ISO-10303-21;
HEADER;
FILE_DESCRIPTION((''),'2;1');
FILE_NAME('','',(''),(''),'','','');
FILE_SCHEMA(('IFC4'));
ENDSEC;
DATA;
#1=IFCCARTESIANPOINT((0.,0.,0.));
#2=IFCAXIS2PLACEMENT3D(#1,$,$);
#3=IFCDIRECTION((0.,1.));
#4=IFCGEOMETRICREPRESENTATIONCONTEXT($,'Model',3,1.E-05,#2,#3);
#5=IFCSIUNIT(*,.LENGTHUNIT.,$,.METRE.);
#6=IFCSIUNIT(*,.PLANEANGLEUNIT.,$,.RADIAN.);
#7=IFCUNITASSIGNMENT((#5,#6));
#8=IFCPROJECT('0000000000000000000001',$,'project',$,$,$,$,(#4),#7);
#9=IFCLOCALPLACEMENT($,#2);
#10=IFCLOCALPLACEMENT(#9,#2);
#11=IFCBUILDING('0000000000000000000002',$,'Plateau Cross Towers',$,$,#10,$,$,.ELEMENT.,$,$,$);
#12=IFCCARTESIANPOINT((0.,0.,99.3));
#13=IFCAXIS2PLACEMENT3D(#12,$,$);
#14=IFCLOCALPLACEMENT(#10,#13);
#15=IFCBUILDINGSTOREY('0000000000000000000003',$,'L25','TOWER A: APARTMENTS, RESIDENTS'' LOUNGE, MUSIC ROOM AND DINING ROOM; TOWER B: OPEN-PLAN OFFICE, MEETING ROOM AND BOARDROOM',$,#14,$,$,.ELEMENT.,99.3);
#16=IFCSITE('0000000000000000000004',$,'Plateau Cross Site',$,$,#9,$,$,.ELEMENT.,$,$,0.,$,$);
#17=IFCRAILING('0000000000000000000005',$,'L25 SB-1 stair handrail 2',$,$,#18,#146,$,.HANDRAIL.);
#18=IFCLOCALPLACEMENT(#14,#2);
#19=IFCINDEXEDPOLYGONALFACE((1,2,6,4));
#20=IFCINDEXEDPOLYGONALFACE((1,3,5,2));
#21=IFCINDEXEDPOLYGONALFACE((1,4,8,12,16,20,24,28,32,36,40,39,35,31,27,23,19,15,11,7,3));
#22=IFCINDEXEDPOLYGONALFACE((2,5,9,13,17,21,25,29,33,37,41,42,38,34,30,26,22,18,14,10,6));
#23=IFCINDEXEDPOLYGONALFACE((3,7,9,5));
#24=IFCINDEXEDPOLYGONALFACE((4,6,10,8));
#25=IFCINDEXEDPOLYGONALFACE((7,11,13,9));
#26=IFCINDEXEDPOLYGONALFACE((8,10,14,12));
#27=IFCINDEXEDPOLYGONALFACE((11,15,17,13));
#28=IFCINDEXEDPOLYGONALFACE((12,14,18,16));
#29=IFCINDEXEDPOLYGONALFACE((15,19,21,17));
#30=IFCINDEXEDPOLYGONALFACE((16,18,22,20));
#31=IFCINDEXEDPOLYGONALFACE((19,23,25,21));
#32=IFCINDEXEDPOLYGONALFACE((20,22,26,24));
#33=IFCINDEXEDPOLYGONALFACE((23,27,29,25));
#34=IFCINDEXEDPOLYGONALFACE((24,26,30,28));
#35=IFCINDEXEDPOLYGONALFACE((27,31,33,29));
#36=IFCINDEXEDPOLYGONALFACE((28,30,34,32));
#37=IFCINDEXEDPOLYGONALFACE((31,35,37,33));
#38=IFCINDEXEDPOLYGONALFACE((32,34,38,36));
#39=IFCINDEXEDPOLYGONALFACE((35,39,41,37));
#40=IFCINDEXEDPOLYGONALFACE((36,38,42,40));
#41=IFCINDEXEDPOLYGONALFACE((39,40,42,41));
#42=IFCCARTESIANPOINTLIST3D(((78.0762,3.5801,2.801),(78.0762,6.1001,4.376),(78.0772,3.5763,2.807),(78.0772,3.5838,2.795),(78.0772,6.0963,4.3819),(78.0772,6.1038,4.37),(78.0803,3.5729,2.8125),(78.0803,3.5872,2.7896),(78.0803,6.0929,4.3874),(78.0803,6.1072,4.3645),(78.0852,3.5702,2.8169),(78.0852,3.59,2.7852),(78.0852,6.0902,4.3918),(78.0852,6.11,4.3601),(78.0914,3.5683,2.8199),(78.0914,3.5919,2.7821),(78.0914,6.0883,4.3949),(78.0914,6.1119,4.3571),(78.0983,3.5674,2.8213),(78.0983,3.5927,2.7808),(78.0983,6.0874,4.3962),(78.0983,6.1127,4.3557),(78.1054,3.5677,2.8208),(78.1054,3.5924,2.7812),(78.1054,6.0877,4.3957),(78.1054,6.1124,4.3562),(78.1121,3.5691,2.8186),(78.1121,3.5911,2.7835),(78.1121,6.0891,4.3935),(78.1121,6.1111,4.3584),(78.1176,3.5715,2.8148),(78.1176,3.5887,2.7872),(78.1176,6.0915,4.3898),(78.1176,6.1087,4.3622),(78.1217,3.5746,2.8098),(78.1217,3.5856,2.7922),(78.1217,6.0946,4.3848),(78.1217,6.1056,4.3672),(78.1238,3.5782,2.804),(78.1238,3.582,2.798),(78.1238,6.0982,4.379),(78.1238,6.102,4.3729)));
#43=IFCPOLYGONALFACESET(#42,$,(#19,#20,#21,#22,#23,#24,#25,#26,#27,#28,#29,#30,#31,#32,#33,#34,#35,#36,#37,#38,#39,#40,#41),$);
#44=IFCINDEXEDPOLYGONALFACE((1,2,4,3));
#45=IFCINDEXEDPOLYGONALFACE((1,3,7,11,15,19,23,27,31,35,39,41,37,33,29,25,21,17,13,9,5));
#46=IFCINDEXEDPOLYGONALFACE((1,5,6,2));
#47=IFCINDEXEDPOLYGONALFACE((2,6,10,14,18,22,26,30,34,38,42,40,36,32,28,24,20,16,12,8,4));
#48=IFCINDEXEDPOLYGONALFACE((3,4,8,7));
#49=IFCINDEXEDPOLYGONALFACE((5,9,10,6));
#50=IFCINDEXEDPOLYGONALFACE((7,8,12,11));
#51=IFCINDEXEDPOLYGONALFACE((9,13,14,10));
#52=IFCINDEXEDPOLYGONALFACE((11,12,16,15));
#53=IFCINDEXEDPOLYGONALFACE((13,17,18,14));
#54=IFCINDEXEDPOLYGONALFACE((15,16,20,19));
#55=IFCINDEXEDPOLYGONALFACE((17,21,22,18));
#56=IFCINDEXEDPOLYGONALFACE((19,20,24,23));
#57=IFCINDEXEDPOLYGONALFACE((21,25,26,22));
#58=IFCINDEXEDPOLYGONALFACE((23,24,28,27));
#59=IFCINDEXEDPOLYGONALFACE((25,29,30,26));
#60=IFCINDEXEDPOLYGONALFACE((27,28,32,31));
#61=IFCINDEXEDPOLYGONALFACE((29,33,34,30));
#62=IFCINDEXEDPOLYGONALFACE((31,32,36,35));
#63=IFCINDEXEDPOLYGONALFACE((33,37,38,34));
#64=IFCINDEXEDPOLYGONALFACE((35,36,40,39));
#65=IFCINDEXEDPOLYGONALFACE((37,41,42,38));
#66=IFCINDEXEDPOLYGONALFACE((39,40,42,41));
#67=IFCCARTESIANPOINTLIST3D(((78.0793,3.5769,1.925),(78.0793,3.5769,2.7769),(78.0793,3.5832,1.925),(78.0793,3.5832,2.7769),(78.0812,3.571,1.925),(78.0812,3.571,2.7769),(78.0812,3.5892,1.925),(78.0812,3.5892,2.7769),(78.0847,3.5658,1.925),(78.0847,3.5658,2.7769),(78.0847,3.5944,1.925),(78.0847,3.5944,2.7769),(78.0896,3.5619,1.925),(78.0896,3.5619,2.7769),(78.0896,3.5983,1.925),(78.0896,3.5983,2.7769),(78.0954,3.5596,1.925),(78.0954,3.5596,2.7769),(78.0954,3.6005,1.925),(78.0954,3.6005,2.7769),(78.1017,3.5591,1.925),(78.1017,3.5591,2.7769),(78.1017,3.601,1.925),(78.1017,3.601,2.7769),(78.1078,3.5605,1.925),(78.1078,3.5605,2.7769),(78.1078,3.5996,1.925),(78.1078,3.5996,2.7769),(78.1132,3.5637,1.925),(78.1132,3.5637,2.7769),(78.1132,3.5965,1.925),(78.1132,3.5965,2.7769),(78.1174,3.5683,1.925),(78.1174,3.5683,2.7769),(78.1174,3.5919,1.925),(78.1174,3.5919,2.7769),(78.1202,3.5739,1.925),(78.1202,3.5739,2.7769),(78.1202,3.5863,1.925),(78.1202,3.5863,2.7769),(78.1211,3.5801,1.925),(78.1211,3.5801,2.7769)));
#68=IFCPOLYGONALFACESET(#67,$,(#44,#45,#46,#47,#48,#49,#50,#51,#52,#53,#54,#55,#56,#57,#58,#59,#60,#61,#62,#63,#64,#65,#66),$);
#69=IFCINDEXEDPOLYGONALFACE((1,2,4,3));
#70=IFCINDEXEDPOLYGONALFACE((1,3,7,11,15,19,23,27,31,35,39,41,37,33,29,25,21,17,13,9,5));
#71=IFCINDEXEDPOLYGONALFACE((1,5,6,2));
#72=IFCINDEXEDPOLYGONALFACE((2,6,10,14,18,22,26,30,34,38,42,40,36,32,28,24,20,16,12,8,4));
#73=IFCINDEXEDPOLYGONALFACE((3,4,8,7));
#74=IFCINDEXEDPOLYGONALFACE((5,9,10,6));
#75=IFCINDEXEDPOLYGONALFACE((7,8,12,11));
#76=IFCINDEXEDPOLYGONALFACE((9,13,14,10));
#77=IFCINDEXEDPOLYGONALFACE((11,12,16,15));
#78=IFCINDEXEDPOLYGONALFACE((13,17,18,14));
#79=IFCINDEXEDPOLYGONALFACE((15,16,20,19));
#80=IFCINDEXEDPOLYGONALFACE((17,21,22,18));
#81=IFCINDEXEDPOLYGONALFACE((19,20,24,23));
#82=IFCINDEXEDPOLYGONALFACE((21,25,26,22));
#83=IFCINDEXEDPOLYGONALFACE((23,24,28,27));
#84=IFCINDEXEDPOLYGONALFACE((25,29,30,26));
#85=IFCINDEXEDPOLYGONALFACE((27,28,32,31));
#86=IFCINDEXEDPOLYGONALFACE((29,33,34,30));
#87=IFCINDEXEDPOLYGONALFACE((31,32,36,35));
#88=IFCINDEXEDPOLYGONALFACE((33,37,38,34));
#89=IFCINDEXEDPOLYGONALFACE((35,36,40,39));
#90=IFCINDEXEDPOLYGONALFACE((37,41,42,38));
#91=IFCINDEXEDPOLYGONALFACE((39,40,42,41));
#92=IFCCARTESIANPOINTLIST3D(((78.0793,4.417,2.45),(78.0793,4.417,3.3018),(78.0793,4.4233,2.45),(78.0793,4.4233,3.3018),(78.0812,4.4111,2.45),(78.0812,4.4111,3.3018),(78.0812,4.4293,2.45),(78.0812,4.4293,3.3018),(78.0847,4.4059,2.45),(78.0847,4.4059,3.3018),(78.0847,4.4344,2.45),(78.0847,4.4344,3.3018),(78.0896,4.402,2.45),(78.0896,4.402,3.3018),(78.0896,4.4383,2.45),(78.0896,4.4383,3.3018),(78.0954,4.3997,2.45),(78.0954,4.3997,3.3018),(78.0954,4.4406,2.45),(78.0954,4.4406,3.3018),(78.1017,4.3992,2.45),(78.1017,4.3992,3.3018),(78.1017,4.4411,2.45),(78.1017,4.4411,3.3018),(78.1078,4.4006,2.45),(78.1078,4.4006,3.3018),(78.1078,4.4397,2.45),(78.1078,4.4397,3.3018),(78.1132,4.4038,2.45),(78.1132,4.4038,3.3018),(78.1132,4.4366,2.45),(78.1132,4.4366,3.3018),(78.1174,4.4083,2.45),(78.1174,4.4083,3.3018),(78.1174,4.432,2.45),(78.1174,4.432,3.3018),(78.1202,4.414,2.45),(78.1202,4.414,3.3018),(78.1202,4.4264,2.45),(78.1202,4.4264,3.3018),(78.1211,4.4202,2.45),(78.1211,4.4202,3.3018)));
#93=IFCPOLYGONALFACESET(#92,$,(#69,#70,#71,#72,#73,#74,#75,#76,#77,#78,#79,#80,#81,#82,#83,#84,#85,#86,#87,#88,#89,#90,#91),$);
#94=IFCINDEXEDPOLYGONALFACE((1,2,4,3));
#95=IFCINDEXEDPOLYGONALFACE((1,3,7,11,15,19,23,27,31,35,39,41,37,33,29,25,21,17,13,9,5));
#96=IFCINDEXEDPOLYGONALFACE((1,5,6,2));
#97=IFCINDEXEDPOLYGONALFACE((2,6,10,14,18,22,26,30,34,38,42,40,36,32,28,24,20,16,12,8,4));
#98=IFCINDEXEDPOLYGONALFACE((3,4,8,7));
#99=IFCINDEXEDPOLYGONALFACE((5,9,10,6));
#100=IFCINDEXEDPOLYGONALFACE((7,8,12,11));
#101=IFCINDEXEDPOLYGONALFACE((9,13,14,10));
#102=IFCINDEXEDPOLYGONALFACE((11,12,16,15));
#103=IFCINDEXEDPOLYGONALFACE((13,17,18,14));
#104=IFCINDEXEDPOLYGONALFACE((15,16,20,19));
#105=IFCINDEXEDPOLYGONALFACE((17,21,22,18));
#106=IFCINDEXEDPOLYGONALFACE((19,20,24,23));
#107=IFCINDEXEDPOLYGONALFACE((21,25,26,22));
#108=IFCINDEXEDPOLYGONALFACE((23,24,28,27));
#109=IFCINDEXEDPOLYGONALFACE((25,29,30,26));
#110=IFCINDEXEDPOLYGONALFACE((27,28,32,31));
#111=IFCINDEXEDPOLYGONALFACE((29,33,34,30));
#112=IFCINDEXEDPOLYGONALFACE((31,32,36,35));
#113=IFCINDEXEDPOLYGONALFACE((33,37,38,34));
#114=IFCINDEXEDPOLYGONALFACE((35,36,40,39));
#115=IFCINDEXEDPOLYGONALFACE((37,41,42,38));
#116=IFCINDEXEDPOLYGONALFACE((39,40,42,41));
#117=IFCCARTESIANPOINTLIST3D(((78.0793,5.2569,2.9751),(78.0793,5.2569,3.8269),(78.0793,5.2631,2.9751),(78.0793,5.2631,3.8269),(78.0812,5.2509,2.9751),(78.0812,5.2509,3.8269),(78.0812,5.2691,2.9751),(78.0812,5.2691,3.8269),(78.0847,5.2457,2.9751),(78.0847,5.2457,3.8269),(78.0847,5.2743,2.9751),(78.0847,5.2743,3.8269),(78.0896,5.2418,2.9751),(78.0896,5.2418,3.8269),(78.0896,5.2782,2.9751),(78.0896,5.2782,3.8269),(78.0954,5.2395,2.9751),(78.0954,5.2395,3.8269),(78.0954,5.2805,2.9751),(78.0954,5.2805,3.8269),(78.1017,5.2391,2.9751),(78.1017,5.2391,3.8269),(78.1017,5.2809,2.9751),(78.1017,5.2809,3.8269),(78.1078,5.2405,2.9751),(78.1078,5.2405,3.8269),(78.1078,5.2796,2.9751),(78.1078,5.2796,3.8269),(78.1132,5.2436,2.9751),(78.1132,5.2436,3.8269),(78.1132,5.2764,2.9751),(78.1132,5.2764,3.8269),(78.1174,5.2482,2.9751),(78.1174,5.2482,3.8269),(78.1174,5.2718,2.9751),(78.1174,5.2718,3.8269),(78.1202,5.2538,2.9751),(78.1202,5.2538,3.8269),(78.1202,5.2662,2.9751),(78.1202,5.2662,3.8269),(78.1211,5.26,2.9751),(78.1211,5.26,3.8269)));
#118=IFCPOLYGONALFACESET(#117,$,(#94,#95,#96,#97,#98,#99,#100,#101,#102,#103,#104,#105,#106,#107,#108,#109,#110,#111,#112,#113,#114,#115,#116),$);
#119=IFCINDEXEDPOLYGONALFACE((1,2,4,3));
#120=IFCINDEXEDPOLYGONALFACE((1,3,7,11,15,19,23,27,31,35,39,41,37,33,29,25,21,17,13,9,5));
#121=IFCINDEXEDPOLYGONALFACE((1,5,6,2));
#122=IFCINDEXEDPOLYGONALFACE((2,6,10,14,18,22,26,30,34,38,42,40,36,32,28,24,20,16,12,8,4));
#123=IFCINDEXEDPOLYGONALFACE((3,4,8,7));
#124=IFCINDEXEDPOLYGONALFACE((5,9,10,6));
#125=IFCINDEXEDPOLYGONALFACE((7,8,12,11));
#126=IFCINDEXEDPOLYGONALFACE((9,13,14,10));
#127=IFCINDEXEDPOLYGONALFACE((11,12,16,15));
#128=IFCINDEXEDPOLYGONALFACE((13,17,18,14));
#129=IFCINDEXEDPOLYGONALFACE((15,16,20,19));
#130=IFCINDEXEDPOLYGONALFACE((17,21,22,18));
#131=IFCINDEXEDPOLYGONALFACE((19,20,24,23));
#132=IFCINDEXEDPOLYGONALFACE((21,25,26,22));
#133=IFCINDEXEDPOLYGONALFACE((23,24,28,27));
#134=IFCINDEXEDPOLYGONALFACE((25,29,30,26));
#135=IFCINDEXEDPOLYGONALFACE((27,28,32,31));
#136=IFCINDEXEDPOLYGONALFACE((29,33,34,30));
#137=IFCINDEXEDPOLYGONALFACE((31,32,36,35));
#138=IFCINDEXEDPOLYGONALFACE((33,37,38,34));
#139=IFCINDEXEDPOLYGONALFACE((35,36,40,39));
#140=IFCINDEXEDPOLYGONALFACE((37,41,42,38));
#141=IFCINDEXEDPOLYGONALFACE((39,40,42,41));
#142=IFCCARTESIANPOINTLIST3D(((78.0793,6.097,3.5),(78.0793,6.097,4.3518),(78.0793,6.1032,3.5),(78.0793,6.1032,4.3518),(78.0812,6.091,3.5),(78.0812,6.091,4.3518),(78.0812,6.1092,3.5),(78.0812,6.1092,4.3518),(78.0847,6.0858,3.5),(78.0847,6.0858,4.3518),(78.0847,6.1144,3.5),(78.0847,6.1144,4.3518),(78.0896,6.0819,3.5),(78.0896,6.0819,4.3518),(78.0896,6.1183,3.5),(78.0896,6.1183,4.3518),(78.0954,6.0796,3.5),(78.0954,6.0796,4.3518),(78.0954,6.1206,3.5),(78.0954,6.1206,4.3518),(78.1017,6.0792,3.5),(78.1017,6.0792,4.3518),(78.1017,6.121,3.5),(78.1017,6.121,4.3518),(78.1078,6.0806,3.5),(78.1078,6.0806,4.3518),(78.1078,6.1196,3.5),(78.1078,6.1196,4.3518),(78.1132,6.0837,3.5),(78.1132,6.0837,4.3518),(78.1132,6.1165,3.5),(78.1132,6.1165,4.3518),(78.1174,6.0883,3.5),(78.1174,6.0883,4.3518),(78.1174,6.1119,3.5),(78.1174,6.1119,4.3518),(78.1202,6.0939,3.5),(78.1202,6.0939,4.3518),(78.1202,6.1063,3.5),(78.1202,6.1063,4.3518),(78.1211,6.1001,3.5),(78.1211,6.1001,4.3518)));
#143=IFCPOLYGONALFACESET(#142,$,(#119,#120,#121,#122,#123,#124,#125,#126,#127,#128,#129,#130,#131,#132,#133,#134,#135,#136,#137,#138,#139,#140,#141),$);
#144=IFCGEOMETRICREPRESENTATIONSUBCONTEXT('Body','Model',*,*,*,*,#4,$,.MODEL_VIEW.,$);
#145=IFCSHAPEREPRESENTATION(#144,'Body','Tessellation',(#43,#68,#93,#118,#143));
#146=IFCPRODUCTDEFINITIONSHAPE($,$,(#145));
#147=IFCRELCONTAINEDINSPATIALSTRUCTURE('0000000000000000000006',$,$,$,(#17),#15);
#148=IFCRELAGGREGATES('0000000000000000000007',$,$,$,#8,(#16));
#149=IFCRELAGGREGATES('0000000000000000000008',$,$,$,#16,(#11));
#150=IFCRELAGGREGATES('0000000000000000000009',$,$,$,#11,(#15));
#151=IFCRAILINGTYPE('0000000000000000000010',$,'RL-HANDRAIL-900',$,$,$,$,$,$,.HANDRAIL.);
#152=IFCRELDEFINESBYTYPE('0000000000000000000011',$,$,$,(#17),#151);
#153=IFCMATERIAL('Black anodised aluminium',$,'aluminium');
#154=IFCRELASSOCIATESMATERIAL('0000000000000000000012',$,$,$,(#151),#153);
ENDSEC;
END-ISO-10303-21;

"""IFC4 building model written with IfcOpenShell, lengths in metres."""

from ifc_helpers import new_model, si_unit, direction, frame, origin, origin_2d, place, context, subcontext, project, spatial, circle, extrude, material, type_object, element, save


model = new_model("IFC4")

# Units and contexts
model_context = context("Model", 3, precision=1e-05, world=origin(), true_north=direction((0.0, 1.0)))
body_context = subcontext(model_context, "Body", "Model", "MODEL_VIEW")
ifc_project = project(units=[si_unit("LENGTHUNIT", "METRE"), si_unit("PLANEANGLEUNIT", "RADIAN")], contexts=[model_context])

# Site, building, storey
site_placement = place(None, origin())
site = spatial("IfcSite", under=ifc_project, at=site_placement, Name="Plateau Cross Site", CompositionType="ELEMENT", RefElevation=0.0)
building_placement = place(site_placement, origin())
building = spatial("IfcBuilding", under=site, at=building_placement, Name="Plateau Cross Towers", CompositionType="ELEMENT")
storey_placement = place(building_placement, frame((0.0, 0.0, 99.3)))
storey = spatial("IfcBuildingStorey", under=building, at=storey_placement, Name="L25", Description="TOWER A: APARTMENTS, RESIDENTS' LOUNGE, MUSIC ROOM AND DINING ROOM; TOWER B: OPEN-PLAN OFFICE, MEETING ROOM AND BOARDROOM", CompositionType="ELEMENT", Elevation=99.3)

# Railing
ifc_material_1 = material(Name="Black anodised aluminium", Category="aluminium")
railing_type_1 = type_object("IfcRailingType", Name="RL-HANDRAIL-900", PredefinedType="HANDRAIL", material=ifc_material_1)
railing_1_placement = place(storey_placement, frame((78.1001, 3.5801, 1.925)))
element("IfcRailing", 1, at=railing_1_placement, inside=storey, type_object=railing_type_1, Name="L25 SB-1 stair handrail 2", PredefinedType="HANDRAIL", context=body_context, shape_type="SweptSolid", body=[
    extrude(circle(Radius=0.0239, at=origin_2d()), frame((0.0, 0.0, 0.876), z_axis=(0.0, 0.848008, 0.529984), x_axis=(-1.0, 0.0, 0.0)), (0.0, 0.0, 1.0), 2.9717),
    extrude(circle(Radius=0.021, at=origin_2d()), origin(), (0.0, 0.0, 1.0), 0.8518),
    extrude(circle(Radius=0.021, at=origin_2d()), frame((0.0, 0.8401, 0.5249)), (0.0, 0.0, 1.0), 0.8518),
    extrude(circle(Radius=0.021, at=origin_2d()), frame((0.0, 1.6799, 1.05)), (0.0, 0.0, 1.0), 0.8518),
    extrude(circle(Radius=0.021, at=origin_2d()), frame((0.0, 2.52, 1.575)), (0.0, 0.0, 1.0), 0.8518),
])

save(model, "model.ifc")
